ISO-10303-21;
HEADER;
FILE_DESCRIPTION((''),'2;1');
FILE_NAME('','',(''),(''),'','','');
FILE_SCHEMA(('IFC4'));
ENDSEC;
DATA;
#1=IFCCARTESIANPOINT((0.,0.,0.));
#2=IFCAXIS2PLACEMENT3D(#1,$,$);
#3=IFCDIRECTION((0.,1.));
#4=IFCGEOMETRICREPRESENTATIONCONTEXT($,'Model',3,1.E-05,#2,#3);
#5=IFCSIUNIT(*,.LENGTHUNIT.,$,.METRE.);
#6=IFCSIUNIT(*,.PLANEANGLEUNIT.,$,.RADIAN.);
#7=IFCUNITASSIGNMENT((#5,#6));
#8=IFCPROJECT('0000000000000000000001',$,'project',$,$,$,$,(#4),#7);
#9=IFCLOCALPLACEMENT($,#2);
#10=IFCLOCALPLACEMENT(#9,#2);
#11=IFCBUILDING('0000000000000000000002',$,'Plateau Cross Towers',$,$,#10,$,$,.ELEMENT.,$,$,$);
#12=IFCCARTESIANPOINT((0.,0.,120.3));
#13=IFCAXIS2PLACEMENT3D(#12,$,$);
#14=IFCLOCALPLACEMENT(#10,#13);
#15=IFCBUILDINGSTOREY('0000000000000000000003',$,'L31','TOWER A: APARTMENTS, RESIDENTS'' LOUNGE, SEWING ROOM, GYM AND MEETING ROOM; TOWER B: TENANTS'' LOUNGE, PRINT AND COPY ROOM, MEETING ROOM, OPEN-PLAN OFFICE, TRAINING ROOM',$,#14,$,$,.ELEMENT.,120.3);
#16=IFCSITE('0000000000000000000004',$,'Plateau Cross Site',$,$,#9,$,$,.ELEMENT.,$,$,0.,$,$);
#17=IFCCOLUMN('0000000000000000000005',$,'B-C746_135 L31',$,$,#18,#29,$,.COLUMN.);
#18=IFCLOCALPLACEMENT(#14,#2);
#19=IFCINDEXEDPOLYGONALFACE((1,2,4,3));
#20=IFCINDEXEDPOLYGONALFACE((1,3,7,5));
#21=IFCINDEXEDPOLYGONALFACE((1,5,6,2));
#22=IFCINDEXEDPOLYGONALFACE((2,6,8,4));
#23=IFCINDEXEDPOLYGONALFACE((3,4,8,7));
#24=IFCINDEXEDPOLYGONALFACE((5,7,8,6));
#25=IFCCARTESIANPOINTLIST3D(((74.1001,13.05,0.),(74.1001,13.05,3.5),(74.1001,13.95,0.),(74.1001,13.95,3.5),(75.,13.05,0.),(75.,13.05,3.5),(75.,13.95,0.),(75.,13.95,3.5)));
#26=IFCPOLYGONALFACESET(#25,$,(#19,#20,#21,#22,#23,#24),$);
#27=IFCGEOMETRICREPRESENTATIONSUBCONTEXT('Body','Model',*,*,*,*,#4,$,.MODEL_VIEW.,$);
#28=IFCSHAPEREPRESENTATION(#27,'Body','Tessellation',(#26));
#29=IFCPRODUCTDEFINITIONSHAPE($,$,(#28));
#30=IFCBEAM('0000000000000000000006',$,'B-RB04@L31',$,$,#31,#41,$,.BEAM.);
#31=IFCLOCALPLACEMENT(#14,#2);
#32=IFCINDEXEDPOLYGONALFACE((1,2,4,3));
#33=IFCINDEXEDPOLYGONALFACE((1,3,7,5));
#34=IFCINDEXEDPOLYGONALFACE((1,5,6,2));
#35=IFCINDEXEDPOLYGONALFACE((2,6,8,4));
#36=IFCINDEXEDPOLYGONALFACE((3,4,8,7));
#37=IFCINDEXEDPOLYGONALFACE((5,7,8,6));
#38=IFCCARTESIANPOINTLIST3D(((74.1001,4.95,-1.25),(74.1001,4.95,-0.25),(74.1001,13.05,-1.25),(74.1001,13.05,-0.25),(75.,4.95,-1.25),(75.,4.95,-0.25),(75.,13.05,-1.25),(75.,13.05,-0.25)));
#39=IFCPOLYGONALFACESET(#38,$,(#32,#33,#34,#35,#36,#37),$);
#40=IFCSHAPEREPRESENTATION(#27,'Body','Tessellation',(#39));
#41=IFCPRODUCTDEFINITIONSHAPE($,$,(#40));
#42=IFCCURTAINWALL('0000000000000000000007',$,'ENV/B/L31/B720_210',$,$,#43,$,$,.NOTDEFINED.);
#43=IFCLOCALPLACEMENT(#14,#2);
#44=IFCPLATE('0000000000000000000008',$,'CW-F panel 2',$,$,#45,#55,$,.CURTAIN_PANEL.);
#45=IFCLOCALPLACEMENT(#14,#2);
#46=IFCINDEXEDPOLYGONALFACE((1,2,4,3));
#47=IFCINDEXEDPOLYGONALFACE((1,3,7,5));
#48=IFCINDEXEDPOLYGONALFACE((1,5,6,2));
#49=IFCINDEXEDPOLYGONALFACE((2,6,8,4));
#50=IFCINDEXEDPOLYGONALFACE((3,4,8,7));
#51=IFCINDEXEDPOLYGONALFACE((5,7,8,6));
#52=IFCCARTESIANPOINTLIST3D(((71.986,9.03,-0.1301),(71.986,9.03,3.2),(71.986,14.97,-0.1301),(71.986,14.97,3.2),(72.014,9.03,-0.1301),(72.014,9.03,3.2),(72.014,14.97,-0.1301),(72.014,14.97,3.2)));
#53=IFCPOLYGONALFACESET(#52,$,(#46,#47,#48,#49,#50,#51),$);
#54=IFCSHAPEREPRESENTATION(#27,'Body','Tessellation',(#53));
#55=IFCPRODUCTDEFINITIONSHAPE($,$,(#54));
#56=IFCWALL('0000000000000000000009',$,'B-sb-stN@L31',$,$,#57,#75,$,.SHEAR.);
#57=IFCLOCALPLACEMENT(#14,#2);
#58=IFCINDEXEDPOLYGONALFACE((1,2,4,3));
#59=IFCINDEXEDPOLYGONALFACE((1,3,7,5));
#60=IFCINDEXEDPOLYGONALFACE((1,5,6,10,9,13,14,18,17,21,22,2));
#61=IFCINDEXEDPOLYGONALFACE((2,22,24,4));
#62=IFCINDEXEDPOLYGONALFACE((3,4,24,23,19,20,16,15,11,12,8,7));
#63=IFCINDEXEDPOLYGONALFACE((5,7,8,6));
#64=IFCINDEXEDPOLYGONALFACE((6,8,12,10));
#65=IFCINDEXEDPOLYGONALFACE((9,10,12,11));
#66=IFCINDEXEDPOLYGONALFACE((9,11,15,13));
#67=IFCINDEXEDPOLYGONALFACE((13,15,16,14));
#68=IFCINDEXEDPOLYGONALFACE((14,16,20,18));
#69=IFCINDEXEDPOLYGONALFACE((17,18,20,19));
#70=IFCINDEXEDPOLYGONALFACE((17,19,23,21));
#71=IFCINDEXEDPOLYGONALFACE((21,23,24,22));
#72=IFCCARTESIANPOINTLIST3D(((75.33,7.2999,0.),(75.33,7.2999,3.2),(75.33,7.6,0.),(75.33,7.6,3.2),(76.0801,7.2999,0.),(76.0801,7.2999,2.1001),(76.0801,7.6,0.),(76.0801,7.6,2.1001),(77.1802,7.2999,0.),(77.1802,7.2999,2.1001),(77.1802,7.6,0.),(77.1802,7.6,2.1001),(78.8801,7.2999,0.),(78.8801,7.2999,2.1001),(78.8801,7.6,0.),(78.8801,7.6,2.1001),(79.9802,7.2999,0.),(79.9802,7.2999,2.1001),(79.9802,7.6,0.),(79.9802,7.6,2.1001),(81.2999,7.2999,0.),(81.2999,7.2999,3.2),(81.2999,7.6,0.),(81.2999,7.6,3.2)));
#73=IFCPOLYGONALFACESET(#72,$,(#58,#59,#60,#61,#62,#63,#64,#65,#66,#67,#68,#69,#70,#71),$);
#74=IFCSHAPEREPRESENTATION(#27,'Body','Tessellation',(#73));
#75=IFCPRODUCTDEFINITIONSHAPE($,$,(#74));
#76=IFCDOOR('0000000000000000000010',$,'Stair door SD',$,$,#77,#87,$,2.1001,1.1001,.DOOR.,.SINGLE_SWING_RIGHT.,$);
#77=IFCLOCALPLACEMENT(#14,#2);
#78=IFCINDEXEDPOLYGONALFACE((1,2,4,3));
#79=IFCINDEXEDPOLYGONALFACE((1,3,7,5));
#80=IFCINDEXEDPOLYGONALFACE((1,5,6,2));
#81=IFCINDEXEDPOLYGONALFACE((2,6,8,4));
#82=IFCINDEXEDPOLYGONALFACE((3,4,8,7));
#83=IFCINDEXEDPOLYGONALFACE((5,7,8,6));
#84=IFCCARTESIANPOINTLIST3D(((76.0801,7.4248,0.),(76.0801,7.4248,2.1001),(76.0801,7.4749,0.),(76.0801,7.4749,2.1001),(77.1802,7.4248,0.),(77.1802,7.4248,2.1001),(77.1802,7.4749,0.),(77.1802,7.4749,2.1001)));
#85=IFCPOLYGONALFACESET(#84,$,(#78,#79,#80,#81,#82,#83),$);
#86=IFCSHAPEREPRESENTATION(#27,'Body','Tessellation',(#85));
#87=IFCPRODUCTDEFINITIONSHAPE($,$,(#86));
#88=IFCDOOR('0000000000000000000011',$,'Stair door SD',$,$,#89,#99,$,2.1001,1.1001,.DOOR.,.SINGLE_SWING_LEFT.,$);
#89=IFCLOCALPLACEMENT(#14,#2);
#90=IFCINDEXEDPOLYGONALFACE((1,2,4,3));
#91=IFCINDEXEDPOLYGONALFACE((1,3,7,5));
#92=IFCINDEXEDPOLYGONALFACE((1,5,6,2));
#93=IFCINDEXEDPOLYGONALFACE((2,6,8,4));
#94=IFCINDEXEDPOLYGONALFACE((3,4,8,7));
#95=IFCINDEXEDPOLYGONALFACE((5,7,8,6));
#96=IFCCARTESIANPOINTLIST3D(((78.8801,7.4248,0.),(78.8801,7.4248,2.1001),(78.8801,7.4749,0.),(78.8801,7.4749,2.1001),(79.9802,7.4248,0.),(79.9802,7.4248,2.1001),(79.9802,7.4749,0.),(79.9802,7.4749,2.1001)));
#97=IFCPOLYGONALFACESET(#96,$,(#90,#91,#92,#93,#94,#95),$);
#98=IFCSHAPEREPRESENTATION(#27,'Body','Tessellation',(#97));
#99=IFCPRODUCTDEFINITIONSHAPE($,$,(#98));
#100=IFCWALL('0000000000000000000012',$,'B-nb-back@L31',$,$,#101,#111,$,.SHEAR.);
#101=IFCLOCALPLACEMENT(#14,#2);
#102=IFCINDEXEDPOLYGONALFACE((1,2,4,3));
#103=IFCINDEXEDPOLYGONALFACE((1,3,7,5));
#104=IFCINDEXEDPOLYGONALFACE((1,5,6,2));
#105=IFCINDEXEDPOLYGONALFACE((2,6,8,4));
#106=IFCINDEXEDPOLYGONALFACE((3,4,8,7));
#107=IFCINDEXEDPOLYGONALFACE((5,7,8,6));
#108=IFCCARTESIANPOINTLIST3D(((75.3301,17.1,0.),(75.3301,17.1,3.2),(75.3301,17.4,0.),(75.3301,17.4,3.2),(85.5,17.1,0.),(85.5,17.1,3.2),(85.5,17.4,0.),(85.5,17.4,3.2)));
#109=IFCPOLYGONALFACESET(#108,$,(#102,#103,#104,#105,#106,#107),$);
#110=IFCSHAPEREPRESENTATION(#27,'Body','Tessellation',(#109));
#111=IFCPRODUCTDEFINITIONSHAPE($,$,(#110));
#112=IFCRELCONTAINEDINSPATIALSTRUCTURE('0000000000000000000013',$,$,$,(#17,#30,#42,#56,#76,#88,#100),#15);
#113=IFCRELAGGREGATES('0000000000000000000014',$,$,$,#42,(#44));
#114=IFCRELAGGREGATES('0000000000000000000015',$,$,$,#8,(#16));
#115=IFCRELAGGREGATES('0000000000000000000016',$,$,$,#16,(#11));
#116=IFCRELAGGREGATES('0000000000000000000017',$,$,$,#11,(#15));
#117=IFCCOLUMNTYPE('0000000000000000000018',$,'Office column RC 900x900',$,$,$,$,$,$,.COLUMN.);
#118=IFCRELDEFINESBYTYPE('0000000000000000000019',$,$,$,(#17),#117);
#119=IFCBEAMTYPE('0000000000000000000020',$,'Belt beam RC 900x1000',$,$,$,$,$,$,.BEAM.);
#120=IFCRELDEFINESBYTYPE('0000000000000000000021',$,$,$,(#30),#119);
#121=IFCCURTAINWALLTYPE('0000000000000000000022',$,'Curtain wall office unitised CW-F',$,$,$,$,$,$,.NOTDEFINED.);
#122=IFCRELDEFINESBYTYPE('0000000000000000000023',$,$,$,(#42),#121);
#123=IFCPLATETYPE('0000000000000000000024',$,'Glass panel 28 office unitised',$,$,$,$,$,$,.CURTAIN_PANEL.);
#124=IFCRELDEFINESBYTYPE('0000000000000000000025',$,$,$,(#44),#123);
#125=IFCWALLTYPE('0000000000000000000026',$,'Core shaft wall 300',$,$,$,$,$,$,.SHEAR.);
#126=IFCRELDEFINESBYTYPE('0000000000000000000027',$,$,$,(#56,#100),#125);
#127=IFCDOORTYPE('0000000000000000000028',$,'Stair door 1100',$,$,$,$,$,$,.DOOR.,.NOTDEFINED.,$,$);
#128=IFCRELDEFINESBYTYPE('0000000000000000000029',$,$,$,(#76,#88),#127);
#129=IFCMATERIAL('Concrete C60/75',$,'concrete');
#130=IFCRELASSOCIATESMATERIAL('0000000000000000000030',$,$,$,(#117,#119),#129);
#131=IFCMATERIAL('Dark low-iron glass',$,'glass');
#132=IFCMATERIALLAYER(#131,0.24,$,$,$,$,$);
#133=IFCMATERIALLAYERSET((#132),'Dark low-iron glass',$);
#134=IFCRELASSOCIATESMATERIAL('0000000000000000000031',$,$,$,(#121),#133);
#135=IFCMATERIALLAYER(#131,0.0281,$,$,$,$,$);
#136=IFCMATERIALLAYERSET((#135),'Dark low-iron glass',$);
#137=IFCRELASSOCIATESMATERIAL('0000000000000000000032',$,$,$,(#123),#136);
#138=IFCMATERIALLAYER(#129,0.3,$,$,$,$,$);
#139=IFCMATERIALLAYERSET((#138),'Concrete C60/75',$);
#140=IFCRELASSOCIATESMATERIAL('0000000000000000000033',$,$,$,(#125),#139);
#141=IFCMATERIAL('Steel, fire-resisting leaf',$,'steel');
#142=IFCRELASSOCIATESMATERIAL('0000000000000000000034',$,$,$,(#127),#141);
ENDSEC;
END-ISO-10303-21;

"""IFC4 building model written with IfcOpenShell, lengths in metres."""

from ifc_helpers import new_model, si_unit, direction, frame, frame_2d, origin, origin_2d, place, context, subcontext, project, spatial, rectangle, extrude, material, layer, layer_set, material_profile, profile_set, type_object, element, fill, aggregate, save


model = new_model("IFC4")

# Units and contexts
model_context = context("Model", 3, precision=1e-05, world=origin(), true_north=direction((0.0, 1.0)))
body_context = subcontext(model_context, "Body", "Model", "MODEL_VIEW")
ifc_project = project(units=[si_unit("LENGTHUNIT", "METRE"), si_unit("PLANEANGLEUNIT", "RADIAN")], contexts=[model_context])

# Site, building, storey
site_placement = place(None, origin())
site = spatial("IfcSite", under=ifc_project, at=site_placement, Name="Plateau Cross Site", CompositionType="ELEMENT", RefElevation=0.0)
building_placement = place(site_placement, origin())
building = spatial("IfcBuilding", under=site, at=building_placement, Name="Plateau Cross Towers", CompositionType="ELEMENT")
storey_placement = place(building_placement, frame((0.0, 0.0, 120.3)))
storey = spatial("IfcBuildingStorey", under=building, at=storey_placement, Name="L31", Description="TOWER A: APARTMENTS, RESIDENTS' LOUNGE, SEWING ROOM, GYM AND MEETING ROOM; TOWER B: TENANTS' LOUNGE, PRINT AND COPY ROOM, MEETING ROOM, OPEN-PLAN OFFICE, TRAINING ROOM", CompositionType="ELEMENT", Elevation=120.3)

# Column
ifc_material_1 = material(Name="Concrete C60/75", Category="concrete")
ifc_material_profile_1 = material_profile(ifc_material_1, rectangle(XDim=0.8999, YDim=0.8999, at=origin_2d()), Name="RC 900x900")
ifc_profile_set_1 = profile_set([ifc_material_profile_1], Name="Concrete C60/75")
column_type = type_object("IfcColumnType", Name="Office column RC 900x900", PredefinedType="COLUMN", material=ifc_profile_set_1)
column_placement = place(storey_placement, frame((74.55, 13.5, 0.0), z_axis=(0.0, 0.0, 1.0), x_axis=(1.0, 0.0, 0.0)))
element("IfcColumn", 1, at=column_placement, inside=storey, type_object=column_type, Name="B-C746_135 L31", PredefinedType="COLUMN", context=body_context, shape_type="SweptSolid", body=[
    extrude(rectangle(XDim=0.8999, YDim=0.8999, at=origin_2d()), origin(), (0.0, 0.0, 1.0), 3.5),
])

# Beam
ifc_material_profile_2 = material_profile(ifc_material_1, rectangle(XDim=0.8999, YDim=1.0, at=origin_2d()), Name="RC 900x1000")
ifc_profile_set_2 = profile_set([ifc_material_profile_2], Name="Concrete C60/75")
beam_type = type_object("IfcBeamType", Name="Belt beam RC 900x1000", PredefinedType="BEAM", material=ifc_profile_set_2)
beam_placement = place(storey_placement, frame((74.55, 13.05, -0.75), z_axis=(0.0, -1.0, 0.0), x_axis=(1.0, 0.0, 0.0)))
element("IfcBeam", 2, at=beam_placement, inside=storey, type_object=beam_type, Name="B-RB04@L31", PredefinedType="BEAM", context=body_context, shape_type="SweptSolid", body=[
    extrude(rectangle(XDim=0.8999, YDim=1.0, at=origin_2d()), origin(), (0.0, 0.0, 1.0), 8.1001),
])

# Curtain wall, plate
ifc_material_2 = material(Name="Dark low-iron glass", Category="glass")
ifc_layer_1 = layer(ifc_material_2, 0.24)
ifc_layer_set_1 = layer_set([ifc_layer_1], Name="Dark low-iron glass")
curtain_wall_type = type_object("IfcCurtainWallType", Name="Curtain wall office unitised CW-F", PredefinedType="NOTDEFINED", material=ifc_layer_set_1)
curtain_wall_placement = place(storey_placement, origin())
curtain_wall = element("IfcCurtainWall", 3, at=curtain_wall_placement, inside=storey, type_object=curtain_wall_type, Name="ENV/B/L31/B720_210", PredefinedType="NOTDEFINED")
ifc_layer_2 = layer(ifc_material_2, 0.0281)
ifc_layer_set_2 = layer_set([ifc_layer_2], Name="Dark low-iron glass")
plate_type = type_object("IfcPlateType", Name="Glass panel 28 office unitised", PredefinedType="CURTAIN_PANEL", material=ifc_layer_set_2)
plate_placement = place(storey_placement, frame((72.0, 12.0, -0.1301), z_axis=(0.0, 0.0, 1.0), x_axis=(0.0, -1.0, 0.0)))
plate = element("IfcPlate", 4, at=plate_placement, type_object=plate_type, Name="CW-F panel 2", PredefinedType="CURTAIN_PANEL", context=body_context, shape_type="SweptSolid", body=[
    extrude(rectangle(XDim=5.9399, YDim=0.0281, at=origin_2d()), origin(), (0.0, 0.0, 1.0), 3.3301),
])
aggregate(curtain_wall, [plate])

# Wall, openings, doors
ifc_layer_3 = layer(ifc_material_1, 0.3)
ifc_layer_set_3 = layer_set([ifc_layer_3], Name="Concrete C60/75")
wall_type_1 = type_object("IfcWallType", Name="Core shaft wall 300", PredefinedType="SHEAR", material=ifc_layer_set_3)
wall_1_placement = place(storey_placement, frame((75.3301, 7.45, 0.0), z_axis=(0.0, 0.0, 1.0), x_axis=(1.0, 0.0, 0.0)))
wall_1 = element("IfcWall", 5, at=wall_1_placement, inside=storey, type_object=wall_type_1, Name="B-sb-stN@L31", PredefinedType="SHEAR", context=body_context, shape_type="SweptSolid", body=[
    extrude(rectangle(XDim=5.97, YDim=0.3, at=frame_2d((2.9849, 0.0))), origin(), (0.0, 0.0, 1.0), 3.2),
])
opening_1_placement = place(wall_1_placement, frame((0.75, 0.0, 0.0)))
opening_1 = element("IfcOpeningElement", 6, at=opening_1_placement, cuts=wall_1, PredefinedType="OPENING", context=body_context, shape_type="SweptSolid", body=[
    extrude(rectangle(XDim=1.1001, YDim=2.1001, at=frame_2d((0.55, 1.05))), frame((0.0, 0.1599, 0.0), z_axis=(0.0, -1.0, 0.0), x_axis=(1.0, 0.0, 0.0)), (0.0, 0.0, 1.0), 0.3201),
])
opening_2_placement = place(wall_1_placement, frame((3.55, 0.0, 0.0)))
opening_2 = element("IfcOpeningElement", 7, at=opening_2_placement, cuts=wall_1, PredefinedType="OPENING", context=body_context, shape_type="SweptSolid", body=[
    extrude(rectangle(XDim=1.1001, YDim=2.1001, at=frame_2d((0.55, 1.05))), frame((0.0, 0.1599, 0.0), z_axis=(0.0, -1.0, 0.0), x_axis=(1.0, 0.0, 0.0)), (0.0, 0.0, 1.0), 0.3201),
])
ifc_material_3 = material(Name="Steel, fire-resisting leaf", Category="steel")
door_type_1 = type_object("IfcDoorType", Name="Stair door 1100", OperationType="NOTDEFINED", PredefinedType="DOOR", material=ifc_material_3)
door_1_placement = place(opening_1_placement, origin())
door_1 = element("IfcDoor", 8, at=door_1_placement, inside=storey, type_object=door_type_1, Name="Stair door SD", OperationType="SINGLE_SWING_RIGHT", OverallHeight=2.1001, OverallWidth=1.1001, PredefinedType="DOOR", context=body_context, shape_type="SweptSolid", body=[
    extrude(rectangle(XDim=1.1001, YDim=2.1001, at=frame_2d((0.55, 1.05))), frame((0.0, 0.0249, 0.0), z_axis=(0.0, -1.0, 0.0), x_axis=(1.0, 0.0, 0.0)), (0.0, 0.0, 1.0), 0.05),
])
fill(opening_1, door_1)
door_2_placement = place(opening_2_placement, origin())
door_2 = element("IfcDoor", 9, at=door_2_placement, inside=storey, type_object=door_type_1, Name="Stair door SD", OperationType="SINGLE_SWING_LEFT", OverallHeight=2.1001, OverallWidth=1.1001, PredefinedType="DOOR", context=body_context, shape_type="SweptSolid", body=[
    extrude(rectangle(XDim=1.1001, YDim=2.1001, at=frame_2d((0.55, 1.05))), frame((0.0, 0.0249, 0.0), z_axis=(0.0, -1.0, 0.0), x_axis=(1.0, 0.0, 0.0)), (0.0, 0.0, 1.0), 0.05),
])
fill(opening_2, door_2)

# Wall
wall_2_placement = place(storey_placement, frame((75.3301, 17.25, 0.0), z_axis=(0.0, 0.0, 1.0), x_axis=(1.0, 0.0, 0.0)))
element("IfcWall", 10, at=wall_2_placement, inside=storey, type_object=wall_type_1, Name="B-nb-back@L31", PredefinedType="SHEAR", context=body_context, shape_type="SweptSolid", body=[
    extrude(rectangle(XDim=10.1699, YDim=0.3, at=frame_2d((5.085, 0.0))), origin(), (0.0, 0.0, 1.0), 3.2),
])

save(model, "model.ifc")
